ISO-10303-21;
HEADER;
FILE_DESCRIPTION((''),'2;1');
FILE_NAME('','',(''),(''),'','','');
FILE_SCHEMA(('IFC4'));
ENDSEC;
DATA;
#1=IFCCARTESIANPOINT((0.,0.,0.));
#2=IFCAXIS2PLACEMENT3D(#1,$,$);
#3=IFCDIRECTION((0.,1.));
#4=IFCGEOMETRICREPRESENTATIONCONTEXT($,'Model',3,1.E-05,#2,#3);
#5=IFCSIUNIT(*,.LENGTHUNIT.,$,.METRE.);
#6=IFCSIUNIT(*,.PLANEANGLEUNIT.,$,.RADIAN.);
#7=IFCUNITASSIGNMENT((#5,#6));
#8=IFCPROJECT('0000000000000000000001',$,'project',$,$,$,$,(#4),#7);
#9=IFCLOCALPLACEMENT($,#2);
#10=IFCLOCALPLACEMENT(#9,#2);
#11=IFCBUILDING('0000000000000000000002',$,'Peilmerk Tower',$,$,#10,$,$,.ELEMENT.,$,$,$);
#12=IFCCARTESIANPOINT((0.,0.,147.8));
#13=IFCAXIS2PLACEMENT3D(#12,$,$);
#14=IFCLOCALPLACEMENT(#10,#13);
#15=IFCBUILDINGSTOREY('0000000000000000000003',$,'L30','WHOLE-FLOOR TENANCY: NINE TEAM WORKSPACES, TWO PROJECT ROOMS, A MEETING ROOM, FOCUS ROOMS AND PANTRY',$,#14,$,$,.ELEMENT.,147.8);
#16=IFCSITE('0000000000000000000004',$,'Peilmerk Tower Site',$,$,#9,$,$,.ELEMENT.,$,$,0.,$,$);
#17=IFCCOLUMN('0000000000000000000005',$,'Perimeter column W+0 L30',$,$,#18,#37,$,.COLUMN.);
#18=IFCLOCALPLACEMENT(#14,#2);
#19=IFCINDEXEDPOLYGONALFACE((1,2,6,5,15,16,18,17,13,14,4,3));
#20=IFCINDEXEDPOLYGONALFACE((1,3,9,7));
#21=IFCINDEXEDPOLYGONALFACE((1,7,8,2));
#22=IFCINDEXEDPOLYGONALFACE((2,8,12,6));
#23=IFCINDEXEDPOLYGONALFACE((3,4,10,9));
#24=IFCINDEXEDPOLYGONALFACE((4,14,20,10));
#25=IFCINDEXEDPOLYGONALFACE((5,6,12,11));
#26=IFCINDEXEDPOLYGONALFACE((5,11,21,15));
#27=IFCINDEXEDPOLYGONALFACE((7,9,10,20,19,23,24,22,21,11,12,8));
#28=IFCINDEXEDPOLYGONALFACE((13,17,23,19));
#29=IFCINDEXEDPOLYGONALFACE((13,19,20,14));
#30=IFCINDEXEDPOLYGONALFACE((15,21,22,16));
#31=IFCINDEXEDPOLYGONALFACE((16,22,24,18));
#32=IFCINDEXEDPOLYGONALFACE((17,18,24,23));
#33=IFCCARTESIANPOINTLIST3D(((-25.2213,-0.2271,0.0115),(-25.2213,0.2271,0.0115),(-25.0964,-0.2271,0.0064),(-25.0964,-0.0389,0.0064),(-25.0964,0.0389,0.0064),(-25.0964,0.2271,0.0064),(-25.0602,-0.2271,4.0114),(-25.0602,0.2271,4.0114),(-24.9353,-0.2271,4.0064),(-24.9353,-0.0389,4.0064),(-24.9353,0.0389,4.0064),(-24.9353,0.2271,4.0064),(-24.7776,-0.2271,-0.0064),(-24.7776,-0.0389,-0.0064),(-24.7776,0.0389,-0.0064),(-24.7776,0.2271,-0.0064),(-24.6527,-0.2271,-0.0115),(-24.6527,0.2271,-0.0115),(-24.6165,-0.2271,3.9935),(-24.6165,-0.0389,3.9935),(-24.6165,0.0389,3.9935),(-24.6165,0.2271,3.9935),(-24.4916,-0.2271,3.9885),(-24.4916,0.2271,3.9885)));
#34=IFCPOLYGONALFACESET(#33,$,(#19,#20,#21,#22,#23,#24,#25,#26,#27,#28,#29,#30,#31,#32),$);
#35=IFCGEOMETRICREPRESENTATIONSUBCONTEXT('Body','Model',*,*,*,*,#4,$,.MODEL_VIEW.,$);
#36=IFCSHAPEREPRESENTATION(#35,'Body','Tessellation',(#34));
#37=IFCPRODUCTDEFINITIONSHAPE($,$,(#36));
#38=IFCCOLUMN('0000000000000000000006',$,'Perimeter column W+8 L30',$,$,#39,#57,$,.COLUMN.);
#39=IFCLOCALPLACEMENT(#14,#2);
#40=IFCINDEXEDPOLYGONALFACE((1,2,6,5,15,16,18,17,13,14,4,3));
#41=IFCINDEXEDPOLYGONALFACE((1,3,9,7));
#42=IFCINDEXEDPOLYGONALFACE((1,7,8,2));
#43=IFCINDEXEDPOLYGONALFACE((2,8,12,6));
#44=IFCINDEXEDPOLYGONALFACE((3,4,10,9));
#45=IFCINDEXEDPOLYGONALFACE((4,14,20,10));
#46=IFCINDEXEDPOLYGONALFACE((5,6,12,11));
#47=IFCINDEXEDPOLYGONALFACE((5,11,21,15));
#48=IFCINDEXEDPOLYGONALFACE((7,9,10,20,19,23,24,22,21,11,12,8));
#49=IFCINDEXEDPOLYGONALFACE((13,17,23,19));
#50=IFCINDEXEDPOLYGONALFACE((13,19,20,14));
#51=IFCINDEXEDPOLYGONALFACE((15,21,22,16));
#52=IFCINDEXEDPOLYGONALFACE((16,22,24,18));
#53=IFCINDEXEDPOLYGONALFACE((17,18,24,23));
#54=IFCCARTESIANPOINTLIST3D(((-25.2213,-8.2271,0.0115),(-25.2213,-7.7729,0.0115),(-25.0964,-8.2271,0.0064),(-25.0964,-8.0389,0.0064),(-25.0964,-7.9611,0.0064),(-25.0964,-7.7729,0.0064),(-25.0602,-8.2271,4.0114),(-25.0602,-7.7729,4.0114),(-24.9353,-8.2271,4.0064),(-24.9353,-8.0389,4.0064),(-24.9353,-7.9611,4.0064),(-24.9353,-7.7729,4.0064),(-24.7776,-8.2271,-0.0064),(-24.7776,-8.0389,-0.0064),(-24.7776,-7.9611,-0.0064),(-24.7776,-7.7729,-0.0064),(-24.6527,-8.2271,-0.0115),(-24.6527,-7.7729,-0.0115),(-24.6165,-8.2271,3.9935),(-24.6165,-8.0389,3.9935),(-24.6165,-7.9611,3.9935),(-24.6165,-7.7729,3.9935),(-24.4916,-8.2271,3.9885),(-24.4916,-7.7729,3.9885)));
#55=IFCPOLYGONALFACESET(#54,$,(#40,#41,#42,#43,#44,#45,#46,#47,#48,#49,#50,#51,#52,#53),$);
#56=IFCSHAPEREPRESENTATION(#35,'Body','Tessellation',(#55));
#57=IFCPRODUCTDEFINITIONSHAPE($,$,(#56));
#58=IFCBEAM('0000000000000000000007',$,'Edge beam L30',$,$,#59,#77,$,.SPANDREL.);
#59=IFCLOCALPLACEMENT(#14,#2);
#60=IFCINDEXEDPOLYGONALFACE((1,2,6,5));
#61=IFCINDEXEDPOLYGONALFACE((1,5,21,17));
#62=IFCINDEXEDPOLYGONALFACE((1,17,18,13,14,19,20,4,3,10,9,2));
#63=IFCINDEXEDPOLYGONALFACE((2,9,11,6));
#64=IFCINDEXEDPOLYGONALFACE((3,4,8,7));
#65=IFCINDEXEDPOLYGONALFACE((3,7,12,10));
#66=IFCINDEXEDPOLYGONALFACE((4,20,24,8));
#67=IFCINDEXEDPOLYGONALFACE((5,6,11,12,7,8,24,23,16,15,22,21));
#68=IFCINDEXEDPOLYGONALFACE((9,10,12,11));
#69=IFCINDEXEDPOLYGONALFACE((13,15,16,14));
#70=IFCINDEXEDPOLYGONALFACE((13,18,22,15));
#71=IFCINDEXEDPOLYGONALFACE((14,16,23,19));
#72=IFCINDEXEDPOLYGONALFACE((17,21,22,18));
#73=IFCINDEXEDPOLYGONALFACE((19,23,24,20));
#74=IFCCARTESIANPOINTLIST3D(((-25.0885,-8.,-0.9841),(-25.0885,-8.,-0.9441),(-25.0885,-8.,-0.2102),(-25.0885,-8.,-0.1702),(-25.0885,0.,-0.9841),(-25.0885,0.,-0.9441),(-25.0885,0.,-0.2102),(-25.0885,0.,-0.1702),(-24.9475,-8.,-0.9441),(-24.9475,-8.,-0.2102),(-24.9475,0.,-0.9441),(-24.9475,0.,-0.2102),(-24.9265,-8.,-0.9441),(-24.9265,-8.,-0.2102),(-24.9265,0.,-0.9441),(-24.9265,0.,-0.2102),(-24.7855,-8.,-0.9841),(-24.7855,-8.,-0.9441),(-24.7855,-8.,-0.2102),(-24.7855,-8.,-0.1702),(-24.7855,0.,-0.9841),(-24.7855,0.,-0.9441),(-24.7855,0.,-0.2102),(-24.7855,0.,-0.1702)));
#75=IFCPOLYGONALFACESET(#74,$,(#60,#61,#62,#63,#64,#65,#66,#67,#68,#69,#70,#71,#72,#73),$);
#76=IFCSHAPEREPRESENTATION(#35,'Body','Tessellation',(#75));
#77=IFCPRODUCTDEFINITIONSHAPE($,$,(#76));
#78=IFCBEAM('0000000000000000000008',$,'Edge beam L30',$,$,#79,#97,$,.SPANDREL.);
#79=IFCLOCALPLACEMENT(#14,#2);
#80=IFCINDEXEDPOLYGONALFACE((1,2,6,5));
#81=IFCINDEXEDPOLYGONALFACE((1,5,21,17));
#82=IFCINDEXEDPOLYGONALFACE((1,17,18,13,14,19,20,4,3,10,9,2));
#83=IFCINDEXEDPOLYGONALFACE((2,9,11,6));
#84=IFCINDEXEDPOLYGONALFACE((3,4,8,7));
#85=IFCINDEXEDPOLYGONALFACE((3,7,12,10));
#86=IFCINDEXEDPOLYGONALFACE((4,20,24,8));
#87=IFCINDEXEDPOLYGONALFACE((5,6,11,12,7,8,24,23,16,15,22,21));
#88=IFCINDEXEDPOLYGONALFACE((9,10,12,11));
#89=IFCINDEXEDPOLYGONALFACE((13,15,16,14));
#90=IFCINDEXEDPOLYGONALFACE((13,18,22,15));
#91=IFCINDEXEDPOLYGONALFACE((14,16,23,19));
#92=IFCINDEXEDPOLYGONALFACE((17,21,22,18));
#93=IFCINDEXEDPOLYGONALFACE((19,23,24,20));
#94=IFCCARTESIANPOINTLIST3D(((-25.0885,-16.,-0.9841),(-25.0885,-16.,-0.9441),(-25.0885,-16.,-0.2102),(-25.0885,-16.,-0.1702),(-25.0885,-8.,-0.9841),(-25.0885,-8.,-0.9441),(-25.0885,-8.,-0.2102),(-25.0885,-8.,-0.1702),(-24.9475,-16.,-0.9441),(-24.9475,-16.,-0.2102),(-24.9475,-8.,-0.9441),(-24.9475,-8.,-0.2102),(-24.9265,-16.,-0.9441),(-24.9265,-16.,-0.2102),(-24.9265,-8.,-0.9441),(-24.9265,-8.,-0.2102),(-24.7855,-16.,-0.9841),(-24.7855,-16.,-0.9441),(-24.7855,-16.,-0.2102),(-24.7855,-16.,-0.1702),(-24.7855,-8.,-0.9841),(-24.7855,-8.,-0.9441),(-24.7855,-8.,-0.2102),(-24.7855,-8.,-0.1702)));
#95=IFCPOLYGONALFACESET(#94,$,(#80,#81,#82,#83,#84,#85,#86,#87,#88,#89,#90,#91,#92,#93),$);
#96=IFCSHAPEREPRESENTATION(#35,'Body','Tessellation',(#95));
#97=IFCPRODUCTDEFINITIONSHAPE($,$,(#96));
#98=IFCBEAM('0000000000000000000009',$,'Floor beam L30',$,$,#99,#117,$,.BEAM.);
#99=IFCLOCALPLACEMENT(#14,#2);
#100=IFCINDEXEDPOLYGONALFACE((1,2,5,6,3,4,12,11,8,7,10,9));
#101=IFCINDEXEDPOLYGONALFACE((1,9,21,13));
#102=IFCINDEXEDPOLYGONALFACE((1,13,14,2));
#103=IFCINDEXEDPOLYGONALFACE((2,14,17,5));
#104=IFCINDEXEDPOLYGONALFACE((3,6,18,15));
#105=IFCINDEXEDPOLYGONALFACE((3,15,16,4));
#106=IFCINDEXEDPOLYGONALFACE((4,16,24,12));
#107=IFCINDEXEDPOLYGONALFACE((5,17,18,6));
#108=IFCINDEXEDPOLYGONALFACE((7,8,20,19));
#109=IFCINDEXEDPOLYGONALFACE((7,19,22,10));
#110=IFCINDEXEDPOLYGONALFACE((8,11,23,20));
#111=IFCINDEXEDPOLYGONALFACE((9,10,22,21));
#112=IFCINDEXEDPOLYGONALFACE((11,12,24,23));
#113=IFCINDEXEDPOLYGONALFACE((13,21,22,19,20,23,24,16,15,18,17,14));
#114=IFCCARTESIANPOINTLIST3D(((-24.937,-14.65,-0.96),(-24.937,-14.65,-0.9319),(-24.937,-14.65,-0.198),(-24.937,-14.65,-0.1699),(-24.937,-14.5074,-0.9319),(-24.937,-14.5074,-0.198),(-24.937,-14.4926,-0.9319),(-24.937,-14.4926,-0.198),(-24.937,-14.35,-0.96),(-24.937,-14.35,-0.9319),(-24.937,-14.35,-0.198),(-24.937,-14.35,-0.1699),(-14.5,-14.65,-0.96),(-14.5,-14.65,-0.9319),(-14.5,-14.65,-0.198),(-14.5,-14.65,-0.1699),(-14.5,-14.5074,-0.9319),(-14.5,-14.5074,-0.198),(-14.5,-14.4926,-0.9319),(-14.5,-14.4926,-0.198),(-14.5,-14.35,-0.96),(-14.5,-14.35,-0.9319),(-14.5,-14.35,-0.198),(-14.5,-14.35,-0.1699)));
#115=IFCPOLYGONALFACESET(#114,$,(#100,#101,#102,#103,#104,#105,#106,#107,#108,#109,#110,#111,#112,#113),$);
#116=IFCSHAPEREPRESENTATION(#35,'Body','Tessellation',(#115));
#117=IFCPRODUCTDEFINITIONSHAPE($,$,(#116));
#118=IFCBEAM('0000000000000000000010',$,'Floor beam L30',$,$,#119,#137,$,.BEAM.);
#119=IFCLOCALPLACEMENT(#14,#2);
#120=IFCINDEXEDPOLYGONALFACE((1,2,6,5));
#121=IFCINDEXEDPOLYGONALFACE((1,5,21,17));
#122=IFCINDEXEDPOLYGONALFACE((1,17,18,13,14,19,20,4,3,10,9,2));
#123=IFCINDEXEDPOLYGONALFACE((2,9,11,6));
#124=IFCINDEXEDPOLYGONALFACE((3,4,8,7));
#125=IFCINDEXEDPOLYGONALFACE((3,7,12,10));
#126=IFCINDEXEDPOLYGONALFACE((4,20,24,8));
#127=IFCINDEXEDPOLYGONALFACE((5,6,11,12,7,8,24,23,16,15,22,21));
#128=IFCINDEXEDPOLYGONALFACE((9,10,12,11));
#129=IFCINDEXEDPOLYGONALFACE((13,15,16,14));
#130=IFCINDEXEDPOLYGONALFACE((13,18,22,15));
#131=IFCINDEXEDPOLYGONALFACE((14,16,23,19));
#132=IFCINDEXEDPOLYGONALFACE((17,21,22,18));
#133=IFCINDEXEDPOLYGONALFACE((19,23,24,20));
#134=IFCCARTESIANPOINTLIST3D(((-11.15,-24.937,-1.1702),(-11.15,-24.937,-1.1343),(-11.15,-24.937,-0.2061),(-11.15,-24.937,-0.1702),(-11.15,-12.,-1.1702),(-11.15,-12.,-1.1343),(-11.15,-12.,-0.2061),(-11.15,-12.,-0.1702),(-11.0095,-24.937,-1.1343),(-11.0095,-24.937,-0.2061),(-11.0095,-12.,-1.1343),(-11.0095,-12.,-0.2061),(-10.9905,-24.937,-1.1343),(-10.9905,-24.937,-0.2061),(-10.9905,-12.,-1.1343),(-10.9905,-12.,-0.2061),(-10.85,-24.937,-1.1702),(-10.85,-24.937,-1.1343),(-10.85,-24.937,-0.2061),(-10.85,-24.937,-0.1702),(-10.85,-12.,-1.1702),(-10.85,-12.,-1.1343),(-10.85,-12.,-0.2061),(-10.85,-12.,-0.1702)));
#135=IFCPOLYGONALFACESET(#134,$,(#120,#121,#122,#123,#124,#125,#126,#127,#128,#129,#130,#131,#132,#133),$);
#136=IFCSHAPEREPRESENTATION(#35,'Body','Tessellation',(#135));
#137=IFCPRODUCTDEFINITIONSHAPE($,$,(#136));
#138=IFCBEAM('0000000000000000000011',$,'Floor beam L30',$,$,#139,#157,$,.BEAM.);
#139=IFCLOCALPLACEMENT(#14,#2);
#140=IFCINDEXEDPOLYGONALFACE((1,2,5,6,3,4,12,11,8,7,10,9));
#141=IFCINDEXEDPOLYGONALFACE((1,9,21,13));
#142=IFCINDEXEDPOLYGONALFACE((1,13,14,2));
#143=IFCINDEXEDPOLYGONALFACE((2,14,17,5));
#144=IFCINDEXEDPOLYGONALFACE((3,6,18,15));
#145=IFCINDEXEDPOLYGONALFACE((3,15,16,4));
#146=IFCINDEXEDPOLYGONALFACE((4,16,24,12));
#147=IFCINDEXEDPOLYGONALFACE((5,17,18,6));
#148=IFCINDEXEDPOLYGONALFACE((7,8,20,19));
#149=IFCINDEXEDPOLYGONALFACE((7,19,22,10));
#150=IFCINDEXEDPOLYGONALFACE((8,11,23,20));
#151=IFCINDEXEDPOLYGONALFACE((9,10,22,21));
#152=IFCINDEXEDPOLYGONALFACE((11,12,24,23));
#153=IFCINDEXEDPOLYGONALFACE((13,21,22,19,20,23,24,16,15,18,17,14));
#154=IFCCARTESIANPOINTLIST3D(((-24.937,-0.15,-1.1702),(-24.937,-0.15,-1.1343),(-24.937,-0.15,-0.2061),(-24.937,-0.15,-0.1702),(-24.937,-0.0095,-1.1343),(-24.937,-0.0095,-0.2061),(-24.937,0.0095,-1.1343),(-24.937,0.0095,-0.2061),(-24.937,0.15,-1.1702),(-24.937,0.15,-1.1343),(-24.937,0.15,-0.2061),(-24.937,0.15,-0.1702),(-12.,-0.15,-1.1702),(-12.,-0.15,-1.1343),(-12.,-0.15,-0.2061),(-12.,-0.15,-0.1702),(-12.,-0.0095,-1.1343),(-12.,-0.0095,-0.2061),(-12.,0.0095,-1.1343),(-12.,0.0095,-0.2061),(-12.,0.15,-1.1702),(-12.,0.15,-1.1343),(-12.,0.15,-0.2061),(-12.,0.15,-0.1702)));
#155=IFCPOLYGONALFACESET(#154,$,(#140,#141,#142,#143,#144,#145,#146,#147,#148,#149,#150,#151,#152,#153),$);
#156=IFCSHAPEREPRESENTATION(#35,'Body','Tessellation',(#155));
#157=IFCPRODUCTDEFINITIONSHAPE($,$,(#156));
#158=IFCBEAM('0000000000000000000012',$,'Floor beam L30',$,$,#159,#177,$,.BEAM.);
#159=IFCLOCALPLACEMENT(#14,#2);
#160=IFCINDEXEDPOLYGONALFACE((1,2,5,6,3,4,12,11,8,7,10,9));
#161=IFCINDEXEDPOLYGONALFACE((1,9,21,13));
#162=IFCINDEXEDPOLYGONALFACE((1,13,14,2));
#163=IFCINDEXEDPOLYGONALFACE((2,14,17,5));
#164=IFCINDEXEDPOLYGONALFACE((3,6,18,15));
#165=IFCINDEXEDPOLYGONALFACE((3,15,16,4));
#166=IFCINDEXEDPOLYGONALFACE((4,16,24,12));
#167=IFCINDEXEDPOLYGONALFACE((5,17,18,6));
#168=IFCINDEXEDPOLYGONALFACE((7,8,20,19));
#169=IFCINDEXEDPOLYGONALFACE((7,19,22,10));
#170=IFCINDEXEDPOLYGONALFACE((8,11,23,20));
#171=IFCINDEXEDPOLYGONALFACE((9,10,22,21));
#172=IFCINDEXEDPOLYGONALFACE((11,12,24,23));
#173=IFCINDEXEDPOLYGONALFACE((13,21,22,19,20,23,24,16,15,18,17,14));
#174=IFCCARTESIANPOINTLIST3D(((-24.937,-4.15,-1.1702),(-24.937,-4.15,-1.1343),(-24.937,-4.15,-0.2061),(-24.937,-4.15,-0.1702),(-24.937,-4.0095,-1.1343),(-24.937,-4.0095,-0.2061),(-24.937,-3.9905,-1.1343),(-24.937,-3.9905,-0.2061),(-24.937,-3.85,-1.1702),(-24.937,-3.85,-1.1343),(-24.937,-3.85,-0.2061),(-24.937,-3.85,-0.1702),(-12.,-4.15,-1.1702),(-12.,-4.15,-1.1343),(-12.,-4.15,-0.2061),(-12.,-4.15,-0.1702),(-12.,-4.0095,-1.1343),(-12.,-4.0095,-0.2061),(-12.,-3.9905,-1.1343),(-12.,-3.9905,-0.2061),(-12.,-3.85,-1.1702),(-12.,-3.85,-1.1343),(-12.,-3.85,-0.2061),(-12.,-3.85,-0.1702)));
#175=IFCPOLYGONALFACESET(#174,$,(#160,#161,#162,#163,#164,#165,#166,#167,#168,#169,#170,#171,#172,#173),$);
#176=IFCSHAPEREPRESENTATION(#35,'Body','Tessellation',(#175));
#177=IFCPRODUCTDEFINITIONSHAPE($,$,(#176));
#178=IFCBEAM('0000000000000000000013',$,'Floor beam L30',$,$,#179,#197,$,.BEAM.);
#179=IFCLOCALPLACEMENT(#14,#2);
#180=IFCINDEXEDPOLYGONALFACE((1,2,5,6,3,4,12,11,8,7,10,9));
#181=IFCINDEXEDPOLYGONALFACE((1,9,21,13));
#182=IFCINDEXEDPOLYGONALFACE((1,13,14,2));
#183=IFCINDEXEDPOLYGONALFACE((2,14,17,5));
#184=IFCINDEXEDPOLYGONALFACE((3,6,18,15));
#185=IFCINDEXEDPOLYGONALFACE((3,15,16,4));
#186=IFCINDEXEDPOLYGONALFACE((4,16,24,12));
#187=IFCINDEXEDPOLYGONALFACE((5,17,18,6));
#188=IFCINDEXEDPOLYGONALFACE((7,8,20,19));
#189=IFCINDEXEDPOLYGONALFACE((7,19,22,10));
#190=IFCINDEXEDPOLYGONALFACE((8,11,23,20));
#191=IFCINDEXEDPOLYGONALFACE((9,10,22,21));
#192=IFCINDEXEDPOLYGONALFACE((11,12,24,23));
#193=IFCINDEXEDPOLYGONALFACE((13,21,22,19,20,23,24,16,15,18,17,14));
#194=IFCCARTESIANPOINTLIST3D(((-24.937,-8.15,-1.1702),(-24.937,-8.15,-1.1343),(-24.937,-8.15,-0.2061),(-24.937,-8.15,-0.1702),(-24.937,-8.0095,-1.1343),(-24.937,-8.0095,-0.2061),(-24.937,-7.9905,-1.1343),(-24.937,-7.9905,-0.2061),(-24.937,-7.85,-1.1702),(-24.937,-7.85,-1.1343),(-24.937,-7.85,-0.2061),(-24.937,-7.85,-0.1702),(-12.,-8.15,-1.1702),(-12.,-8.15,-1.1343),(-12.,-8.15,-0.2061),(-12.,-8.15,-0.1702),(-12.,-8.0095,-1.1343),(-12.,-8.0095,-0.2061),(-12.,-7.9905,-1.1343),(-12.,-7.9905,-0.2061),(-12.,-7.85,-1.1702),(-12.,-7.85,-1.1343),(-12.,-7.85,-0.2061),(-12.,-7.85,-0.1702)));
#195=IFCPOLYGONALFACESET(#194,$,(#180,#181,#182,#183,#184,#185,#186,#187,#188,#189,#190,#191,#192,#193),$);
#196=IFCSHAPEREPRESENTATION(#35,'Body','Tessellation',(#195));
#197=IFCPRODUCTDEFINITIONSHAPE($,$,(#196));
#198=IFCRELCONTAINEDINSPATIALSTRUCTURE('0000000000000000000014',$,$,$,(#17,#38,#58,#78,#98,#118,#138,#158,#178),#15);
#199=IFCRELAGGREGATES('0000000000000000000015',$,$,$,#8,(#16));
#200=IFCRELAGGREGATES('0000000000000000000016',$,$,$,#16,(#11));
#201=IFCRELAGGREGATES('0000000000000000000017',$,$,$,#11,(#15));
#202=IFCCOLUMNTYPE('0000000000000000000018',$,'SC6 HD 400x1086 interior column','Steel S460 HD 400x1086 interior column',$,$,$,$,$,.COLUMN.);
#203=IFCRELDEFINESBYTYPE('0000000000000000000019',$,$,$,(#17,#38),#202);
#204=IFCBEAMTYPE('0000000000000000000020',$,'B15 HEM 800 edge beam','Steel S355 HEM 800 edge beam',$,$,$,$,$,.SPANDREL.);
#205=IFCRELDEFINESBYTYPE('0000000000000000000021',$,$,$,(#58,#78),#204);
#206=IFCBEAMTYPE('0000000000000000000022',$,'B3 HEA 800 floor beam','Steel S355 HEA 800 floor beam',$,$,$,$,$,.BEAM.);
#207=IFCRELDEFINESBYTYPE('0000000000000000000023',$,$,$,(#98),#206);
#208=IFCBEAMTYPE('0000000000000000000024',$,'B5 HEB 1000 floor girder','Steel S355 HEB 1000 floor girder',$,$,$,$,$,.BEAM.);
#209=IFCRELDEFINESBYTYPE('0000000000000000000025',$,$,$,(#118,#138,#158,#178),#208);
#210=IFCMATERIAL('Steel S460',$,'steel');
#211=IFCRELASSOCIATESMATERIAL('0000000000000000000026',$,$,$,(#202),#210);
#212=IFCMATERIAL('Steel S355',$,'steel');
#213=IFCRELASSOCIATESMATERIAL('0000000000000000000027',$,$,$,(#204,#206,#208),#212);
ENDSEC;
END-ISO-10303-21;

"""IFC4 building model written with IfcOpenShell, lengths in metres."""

from ifc_helpers import new_model, si_unit, direction, frame, origin, origin_2d, place, context, subcontext, project, spatial, i_section, extrude, material, material_profile, profile_set, type_object, element, save


model = new_model("IFC4")

# Units and contexts
model_context = context("Model", 3, precision=1e-05, world=origin(), true_north=direction((0.0, 1.0)))
body_context = subcontext(model_context, "Body", "Model", "MODEL_VIEW")
ifc_project = project(units=[si_unit("LENGTHUNIT", "METRE"), si_unit("PLANEANGLEUNIT", "RADIAN")], contexts=[model_context])

# Site, building, storey
site_placement = place(None, origin())
site = spatial("IfcSite", under=ifc_project, at=site_placement, Name="Peilmerk Tower Site", CompositionType="ELEMENT", RefElevation=0.0)
building_placement = place(site_placement, origin())
building = spatial("IfcBuilding", under=site, at=building_placement, Name="Peilmerk Tower", CompositionType="ELEMENT")
storey_placement = place(building_placement, frame((0.0, 0.0, 147.8)))
storey = spatial("IfcBuildingStorey", under=building, at=storey_placement, Name="L30", Description="WHOLE-FLOOR TENANCY: NINE TEAM WORKSPACES, TWO PROJECT ROOMS, A MEETING ROOM, FOCUS ROOMS AND PANTRY", CompositionType="ELEMENT", Elevation=147.8)

# Columns
ifc_material_1 = material(Name="Steel S460", Category="steel")
ifc_material_profile_1 = material_profile(ifc_material_1, i_section(OverallWidth=0.4541, OverallDepth=0.5691, WebThickness=0.0779, FlangeThickness=0.125, at=origin_2d()), Name="HD 400x1086")
ifc_profile_set_1 = profile_set([ifc_material_profile_1], Name="Steel S460")
column_type = type_object("IfcColumnType", Name="SC6 HD 400x1086 interior column", Description="Steel S460 HD 400x1086 interior column", PredefinedType="COLUMN", material=ifc_profile_set_1)
for number, where, z_axis, x_axis, name in (
    (1, (-24.937, 0.0, 0.0), (0.040251, 0.0, 0.99919), (0.0, 1.0, 0.0), "Perimeter column W+0 L30"),
    (2, (-24.937, -8.0, 0.0), (0.040251, 0.0, 0.99919), (0.0, 1.0, 0.0), "Perimeter column W+8 L30"),
):
    element("IfcColumn", number, at=place(storey_placement, frame(where, z_axis=z_axis, x_axis=x_axis)), inside=storey, type_object=column_type, Name=name, PredefinedType="COLUMN", context=body_context, shape_type="SweptSolid", body=[
        extrude(i_section(OverallWidth=0.4541, OverallDepth=0.5691, WebThickness=0.0779, FlangeThickness=0.125, at=origin_2d()), origin(), (0.0, 0.0, 1.0), 4.0032),
    ])

# Beams
ifc_material_2 = material(Name="Steel S355", Category="steel")
ifc_material_profile_2 = material_profile(ifc_material_2, i_section(OverallWidth=0.303, OverallDepth=0.814, WebThickness=0.021, FlangeThickness=0.04, at=origin_2d()), Name="HEM 800")
ifc_profile_set_2 = profile_set([ifc_material_profile_2], Name="Steel S355")
beam_type_1 = type_object("IfcBeamType", Name="B15 HEM 800 edge beam", Description="Steel S355 HEM 800 edge beam", PredefinedType="SPANDREL", material=ifc_profile_set_2)
for number, where, z_axis, x_axis, name in (
    (3, (-24.937, 0.0, -0.5771), (0.0, -1.0, 0.0), (1.0, 0.0, 0.0), "Edge beam L30"),
    (4, (-24.937, -8.0, -0.5771), (0.0, -1.0, 0.0), (1.0, 0.0, 0.0), "Edge beam L30"),
):
    element("IfcBeam", number, at=place(storey_placement, frame(where, z_axis=z_axis, x_axis=x_axis)), inside=storey, type_object=beam_type_1, Name=name, PredefinedType="SPANDREL", context=body_context, shape_type="SweptSolid", body=[
        extrude(i_section(OverallWidth=0.303, OverallDepth=0.814, WebThickness=0.021, FlangeThickness=0.04, at=origin_2d()), origin(), (0.0, 0.0, 1.0), 8.0),
    ])
ifc_material_profile_3 = material_profile(ifc_material_2, i_section(OverallWidth=0.3, OverallDepth=0.79, WebThickness=0.0149, FlangeThickness=0.0281, at=origin_2d()), Name="HEA 800")
ifc_profile_set_3 = profile_set([ifc_material_profile_3], Name="Steel S355")
beam_type_2 = type_object("IfcBeamType", Name="B3 HEA 800 floor beam", Description="Steel S355 HEA 800 floor beam", PredefinedType="BEAM", material=ifc_profile_set_3)
beam_1_placement = place(storey_placement, frame((-14.5, -14.5, -0.5649), z_axis=(-1.0, 0.0, 0.0), x_axis=(0.0, -1.0, 0.0)))
element("IfcBeam", 5, at=beam_1_placement, inside=storey, type_object=beam_type_2, Name="Floor beam L30", PredefinedType="BEAM", context=body_context, shape_type="SweptSolid", body=[
    extrude(i_section(OverallWidth=0.3, OverallDepth=0.79, WebThickness=0.0149, FlangeThickness=0.0281, at=origin_2d()), origin(), (0.0, 0.0, 1.0), 10.437),
])
ifc_material_profile_4 = material_profile(ifc_material_2, i_section(OverallWidth=0.3, OverallDepth=1.0, WebThickness=0.019, FlangeThickness=0.0359, at=origin_2d()), Name="HEB 1000")
ifc_profile_set_4 = profile_set([ifc_material_profile_4], Name="Steel S355")
beam_type_3 = type_object("IfcBeamType", Name="B5 HEB 1000 floor girder", Description="Steel S355 HEB 1000 floor girder", PredefinedType="BEAM", material=ifc_profile_set_4)
for number, where, z_axis, x_axis, name in (
    (6, (-11.0, -12.0, -0.6702), (0.0, -1.0, 0.0), (1.0, 0.0, 0.0), "Floor beam L30"),
    (7, (-12.0, 0.0, -0.6702), (-1.0, 0.0, 0.0), (0.0, -1.0, 0.0), "Floor beam L30"),
    (8, (-12.0, -4.0, -0.6702), (-1.0, 0.0, 0.0), (0.0, -1.0, 0.0), "Floor beam L30"),
    (9, (-12.0, -8.0, -0.6702), (-1.0, 0.0, 0.0), (0.0, -1.0, 0.0), "Floor beam L30"),
):
    element("IfcBeam", number, at=place(storey_placement, frame(where, z_axis=z_axis, x_axis=x_axis)), inside=storey, type_object=beam_type_3, Name=name, PredefinedType="BEAM", context=body_context, shape_type="SweptSolid", body=[
        extrude(i_section(OverallWidth=0.3, OverallDepth=1.0, WebThickness=0.019, FlangeThickness=0.0359, at=origin_2d()), origin(), (0.0, 0.0, 1.0), 12.937),
    ])

save(model, "model.ifc")
